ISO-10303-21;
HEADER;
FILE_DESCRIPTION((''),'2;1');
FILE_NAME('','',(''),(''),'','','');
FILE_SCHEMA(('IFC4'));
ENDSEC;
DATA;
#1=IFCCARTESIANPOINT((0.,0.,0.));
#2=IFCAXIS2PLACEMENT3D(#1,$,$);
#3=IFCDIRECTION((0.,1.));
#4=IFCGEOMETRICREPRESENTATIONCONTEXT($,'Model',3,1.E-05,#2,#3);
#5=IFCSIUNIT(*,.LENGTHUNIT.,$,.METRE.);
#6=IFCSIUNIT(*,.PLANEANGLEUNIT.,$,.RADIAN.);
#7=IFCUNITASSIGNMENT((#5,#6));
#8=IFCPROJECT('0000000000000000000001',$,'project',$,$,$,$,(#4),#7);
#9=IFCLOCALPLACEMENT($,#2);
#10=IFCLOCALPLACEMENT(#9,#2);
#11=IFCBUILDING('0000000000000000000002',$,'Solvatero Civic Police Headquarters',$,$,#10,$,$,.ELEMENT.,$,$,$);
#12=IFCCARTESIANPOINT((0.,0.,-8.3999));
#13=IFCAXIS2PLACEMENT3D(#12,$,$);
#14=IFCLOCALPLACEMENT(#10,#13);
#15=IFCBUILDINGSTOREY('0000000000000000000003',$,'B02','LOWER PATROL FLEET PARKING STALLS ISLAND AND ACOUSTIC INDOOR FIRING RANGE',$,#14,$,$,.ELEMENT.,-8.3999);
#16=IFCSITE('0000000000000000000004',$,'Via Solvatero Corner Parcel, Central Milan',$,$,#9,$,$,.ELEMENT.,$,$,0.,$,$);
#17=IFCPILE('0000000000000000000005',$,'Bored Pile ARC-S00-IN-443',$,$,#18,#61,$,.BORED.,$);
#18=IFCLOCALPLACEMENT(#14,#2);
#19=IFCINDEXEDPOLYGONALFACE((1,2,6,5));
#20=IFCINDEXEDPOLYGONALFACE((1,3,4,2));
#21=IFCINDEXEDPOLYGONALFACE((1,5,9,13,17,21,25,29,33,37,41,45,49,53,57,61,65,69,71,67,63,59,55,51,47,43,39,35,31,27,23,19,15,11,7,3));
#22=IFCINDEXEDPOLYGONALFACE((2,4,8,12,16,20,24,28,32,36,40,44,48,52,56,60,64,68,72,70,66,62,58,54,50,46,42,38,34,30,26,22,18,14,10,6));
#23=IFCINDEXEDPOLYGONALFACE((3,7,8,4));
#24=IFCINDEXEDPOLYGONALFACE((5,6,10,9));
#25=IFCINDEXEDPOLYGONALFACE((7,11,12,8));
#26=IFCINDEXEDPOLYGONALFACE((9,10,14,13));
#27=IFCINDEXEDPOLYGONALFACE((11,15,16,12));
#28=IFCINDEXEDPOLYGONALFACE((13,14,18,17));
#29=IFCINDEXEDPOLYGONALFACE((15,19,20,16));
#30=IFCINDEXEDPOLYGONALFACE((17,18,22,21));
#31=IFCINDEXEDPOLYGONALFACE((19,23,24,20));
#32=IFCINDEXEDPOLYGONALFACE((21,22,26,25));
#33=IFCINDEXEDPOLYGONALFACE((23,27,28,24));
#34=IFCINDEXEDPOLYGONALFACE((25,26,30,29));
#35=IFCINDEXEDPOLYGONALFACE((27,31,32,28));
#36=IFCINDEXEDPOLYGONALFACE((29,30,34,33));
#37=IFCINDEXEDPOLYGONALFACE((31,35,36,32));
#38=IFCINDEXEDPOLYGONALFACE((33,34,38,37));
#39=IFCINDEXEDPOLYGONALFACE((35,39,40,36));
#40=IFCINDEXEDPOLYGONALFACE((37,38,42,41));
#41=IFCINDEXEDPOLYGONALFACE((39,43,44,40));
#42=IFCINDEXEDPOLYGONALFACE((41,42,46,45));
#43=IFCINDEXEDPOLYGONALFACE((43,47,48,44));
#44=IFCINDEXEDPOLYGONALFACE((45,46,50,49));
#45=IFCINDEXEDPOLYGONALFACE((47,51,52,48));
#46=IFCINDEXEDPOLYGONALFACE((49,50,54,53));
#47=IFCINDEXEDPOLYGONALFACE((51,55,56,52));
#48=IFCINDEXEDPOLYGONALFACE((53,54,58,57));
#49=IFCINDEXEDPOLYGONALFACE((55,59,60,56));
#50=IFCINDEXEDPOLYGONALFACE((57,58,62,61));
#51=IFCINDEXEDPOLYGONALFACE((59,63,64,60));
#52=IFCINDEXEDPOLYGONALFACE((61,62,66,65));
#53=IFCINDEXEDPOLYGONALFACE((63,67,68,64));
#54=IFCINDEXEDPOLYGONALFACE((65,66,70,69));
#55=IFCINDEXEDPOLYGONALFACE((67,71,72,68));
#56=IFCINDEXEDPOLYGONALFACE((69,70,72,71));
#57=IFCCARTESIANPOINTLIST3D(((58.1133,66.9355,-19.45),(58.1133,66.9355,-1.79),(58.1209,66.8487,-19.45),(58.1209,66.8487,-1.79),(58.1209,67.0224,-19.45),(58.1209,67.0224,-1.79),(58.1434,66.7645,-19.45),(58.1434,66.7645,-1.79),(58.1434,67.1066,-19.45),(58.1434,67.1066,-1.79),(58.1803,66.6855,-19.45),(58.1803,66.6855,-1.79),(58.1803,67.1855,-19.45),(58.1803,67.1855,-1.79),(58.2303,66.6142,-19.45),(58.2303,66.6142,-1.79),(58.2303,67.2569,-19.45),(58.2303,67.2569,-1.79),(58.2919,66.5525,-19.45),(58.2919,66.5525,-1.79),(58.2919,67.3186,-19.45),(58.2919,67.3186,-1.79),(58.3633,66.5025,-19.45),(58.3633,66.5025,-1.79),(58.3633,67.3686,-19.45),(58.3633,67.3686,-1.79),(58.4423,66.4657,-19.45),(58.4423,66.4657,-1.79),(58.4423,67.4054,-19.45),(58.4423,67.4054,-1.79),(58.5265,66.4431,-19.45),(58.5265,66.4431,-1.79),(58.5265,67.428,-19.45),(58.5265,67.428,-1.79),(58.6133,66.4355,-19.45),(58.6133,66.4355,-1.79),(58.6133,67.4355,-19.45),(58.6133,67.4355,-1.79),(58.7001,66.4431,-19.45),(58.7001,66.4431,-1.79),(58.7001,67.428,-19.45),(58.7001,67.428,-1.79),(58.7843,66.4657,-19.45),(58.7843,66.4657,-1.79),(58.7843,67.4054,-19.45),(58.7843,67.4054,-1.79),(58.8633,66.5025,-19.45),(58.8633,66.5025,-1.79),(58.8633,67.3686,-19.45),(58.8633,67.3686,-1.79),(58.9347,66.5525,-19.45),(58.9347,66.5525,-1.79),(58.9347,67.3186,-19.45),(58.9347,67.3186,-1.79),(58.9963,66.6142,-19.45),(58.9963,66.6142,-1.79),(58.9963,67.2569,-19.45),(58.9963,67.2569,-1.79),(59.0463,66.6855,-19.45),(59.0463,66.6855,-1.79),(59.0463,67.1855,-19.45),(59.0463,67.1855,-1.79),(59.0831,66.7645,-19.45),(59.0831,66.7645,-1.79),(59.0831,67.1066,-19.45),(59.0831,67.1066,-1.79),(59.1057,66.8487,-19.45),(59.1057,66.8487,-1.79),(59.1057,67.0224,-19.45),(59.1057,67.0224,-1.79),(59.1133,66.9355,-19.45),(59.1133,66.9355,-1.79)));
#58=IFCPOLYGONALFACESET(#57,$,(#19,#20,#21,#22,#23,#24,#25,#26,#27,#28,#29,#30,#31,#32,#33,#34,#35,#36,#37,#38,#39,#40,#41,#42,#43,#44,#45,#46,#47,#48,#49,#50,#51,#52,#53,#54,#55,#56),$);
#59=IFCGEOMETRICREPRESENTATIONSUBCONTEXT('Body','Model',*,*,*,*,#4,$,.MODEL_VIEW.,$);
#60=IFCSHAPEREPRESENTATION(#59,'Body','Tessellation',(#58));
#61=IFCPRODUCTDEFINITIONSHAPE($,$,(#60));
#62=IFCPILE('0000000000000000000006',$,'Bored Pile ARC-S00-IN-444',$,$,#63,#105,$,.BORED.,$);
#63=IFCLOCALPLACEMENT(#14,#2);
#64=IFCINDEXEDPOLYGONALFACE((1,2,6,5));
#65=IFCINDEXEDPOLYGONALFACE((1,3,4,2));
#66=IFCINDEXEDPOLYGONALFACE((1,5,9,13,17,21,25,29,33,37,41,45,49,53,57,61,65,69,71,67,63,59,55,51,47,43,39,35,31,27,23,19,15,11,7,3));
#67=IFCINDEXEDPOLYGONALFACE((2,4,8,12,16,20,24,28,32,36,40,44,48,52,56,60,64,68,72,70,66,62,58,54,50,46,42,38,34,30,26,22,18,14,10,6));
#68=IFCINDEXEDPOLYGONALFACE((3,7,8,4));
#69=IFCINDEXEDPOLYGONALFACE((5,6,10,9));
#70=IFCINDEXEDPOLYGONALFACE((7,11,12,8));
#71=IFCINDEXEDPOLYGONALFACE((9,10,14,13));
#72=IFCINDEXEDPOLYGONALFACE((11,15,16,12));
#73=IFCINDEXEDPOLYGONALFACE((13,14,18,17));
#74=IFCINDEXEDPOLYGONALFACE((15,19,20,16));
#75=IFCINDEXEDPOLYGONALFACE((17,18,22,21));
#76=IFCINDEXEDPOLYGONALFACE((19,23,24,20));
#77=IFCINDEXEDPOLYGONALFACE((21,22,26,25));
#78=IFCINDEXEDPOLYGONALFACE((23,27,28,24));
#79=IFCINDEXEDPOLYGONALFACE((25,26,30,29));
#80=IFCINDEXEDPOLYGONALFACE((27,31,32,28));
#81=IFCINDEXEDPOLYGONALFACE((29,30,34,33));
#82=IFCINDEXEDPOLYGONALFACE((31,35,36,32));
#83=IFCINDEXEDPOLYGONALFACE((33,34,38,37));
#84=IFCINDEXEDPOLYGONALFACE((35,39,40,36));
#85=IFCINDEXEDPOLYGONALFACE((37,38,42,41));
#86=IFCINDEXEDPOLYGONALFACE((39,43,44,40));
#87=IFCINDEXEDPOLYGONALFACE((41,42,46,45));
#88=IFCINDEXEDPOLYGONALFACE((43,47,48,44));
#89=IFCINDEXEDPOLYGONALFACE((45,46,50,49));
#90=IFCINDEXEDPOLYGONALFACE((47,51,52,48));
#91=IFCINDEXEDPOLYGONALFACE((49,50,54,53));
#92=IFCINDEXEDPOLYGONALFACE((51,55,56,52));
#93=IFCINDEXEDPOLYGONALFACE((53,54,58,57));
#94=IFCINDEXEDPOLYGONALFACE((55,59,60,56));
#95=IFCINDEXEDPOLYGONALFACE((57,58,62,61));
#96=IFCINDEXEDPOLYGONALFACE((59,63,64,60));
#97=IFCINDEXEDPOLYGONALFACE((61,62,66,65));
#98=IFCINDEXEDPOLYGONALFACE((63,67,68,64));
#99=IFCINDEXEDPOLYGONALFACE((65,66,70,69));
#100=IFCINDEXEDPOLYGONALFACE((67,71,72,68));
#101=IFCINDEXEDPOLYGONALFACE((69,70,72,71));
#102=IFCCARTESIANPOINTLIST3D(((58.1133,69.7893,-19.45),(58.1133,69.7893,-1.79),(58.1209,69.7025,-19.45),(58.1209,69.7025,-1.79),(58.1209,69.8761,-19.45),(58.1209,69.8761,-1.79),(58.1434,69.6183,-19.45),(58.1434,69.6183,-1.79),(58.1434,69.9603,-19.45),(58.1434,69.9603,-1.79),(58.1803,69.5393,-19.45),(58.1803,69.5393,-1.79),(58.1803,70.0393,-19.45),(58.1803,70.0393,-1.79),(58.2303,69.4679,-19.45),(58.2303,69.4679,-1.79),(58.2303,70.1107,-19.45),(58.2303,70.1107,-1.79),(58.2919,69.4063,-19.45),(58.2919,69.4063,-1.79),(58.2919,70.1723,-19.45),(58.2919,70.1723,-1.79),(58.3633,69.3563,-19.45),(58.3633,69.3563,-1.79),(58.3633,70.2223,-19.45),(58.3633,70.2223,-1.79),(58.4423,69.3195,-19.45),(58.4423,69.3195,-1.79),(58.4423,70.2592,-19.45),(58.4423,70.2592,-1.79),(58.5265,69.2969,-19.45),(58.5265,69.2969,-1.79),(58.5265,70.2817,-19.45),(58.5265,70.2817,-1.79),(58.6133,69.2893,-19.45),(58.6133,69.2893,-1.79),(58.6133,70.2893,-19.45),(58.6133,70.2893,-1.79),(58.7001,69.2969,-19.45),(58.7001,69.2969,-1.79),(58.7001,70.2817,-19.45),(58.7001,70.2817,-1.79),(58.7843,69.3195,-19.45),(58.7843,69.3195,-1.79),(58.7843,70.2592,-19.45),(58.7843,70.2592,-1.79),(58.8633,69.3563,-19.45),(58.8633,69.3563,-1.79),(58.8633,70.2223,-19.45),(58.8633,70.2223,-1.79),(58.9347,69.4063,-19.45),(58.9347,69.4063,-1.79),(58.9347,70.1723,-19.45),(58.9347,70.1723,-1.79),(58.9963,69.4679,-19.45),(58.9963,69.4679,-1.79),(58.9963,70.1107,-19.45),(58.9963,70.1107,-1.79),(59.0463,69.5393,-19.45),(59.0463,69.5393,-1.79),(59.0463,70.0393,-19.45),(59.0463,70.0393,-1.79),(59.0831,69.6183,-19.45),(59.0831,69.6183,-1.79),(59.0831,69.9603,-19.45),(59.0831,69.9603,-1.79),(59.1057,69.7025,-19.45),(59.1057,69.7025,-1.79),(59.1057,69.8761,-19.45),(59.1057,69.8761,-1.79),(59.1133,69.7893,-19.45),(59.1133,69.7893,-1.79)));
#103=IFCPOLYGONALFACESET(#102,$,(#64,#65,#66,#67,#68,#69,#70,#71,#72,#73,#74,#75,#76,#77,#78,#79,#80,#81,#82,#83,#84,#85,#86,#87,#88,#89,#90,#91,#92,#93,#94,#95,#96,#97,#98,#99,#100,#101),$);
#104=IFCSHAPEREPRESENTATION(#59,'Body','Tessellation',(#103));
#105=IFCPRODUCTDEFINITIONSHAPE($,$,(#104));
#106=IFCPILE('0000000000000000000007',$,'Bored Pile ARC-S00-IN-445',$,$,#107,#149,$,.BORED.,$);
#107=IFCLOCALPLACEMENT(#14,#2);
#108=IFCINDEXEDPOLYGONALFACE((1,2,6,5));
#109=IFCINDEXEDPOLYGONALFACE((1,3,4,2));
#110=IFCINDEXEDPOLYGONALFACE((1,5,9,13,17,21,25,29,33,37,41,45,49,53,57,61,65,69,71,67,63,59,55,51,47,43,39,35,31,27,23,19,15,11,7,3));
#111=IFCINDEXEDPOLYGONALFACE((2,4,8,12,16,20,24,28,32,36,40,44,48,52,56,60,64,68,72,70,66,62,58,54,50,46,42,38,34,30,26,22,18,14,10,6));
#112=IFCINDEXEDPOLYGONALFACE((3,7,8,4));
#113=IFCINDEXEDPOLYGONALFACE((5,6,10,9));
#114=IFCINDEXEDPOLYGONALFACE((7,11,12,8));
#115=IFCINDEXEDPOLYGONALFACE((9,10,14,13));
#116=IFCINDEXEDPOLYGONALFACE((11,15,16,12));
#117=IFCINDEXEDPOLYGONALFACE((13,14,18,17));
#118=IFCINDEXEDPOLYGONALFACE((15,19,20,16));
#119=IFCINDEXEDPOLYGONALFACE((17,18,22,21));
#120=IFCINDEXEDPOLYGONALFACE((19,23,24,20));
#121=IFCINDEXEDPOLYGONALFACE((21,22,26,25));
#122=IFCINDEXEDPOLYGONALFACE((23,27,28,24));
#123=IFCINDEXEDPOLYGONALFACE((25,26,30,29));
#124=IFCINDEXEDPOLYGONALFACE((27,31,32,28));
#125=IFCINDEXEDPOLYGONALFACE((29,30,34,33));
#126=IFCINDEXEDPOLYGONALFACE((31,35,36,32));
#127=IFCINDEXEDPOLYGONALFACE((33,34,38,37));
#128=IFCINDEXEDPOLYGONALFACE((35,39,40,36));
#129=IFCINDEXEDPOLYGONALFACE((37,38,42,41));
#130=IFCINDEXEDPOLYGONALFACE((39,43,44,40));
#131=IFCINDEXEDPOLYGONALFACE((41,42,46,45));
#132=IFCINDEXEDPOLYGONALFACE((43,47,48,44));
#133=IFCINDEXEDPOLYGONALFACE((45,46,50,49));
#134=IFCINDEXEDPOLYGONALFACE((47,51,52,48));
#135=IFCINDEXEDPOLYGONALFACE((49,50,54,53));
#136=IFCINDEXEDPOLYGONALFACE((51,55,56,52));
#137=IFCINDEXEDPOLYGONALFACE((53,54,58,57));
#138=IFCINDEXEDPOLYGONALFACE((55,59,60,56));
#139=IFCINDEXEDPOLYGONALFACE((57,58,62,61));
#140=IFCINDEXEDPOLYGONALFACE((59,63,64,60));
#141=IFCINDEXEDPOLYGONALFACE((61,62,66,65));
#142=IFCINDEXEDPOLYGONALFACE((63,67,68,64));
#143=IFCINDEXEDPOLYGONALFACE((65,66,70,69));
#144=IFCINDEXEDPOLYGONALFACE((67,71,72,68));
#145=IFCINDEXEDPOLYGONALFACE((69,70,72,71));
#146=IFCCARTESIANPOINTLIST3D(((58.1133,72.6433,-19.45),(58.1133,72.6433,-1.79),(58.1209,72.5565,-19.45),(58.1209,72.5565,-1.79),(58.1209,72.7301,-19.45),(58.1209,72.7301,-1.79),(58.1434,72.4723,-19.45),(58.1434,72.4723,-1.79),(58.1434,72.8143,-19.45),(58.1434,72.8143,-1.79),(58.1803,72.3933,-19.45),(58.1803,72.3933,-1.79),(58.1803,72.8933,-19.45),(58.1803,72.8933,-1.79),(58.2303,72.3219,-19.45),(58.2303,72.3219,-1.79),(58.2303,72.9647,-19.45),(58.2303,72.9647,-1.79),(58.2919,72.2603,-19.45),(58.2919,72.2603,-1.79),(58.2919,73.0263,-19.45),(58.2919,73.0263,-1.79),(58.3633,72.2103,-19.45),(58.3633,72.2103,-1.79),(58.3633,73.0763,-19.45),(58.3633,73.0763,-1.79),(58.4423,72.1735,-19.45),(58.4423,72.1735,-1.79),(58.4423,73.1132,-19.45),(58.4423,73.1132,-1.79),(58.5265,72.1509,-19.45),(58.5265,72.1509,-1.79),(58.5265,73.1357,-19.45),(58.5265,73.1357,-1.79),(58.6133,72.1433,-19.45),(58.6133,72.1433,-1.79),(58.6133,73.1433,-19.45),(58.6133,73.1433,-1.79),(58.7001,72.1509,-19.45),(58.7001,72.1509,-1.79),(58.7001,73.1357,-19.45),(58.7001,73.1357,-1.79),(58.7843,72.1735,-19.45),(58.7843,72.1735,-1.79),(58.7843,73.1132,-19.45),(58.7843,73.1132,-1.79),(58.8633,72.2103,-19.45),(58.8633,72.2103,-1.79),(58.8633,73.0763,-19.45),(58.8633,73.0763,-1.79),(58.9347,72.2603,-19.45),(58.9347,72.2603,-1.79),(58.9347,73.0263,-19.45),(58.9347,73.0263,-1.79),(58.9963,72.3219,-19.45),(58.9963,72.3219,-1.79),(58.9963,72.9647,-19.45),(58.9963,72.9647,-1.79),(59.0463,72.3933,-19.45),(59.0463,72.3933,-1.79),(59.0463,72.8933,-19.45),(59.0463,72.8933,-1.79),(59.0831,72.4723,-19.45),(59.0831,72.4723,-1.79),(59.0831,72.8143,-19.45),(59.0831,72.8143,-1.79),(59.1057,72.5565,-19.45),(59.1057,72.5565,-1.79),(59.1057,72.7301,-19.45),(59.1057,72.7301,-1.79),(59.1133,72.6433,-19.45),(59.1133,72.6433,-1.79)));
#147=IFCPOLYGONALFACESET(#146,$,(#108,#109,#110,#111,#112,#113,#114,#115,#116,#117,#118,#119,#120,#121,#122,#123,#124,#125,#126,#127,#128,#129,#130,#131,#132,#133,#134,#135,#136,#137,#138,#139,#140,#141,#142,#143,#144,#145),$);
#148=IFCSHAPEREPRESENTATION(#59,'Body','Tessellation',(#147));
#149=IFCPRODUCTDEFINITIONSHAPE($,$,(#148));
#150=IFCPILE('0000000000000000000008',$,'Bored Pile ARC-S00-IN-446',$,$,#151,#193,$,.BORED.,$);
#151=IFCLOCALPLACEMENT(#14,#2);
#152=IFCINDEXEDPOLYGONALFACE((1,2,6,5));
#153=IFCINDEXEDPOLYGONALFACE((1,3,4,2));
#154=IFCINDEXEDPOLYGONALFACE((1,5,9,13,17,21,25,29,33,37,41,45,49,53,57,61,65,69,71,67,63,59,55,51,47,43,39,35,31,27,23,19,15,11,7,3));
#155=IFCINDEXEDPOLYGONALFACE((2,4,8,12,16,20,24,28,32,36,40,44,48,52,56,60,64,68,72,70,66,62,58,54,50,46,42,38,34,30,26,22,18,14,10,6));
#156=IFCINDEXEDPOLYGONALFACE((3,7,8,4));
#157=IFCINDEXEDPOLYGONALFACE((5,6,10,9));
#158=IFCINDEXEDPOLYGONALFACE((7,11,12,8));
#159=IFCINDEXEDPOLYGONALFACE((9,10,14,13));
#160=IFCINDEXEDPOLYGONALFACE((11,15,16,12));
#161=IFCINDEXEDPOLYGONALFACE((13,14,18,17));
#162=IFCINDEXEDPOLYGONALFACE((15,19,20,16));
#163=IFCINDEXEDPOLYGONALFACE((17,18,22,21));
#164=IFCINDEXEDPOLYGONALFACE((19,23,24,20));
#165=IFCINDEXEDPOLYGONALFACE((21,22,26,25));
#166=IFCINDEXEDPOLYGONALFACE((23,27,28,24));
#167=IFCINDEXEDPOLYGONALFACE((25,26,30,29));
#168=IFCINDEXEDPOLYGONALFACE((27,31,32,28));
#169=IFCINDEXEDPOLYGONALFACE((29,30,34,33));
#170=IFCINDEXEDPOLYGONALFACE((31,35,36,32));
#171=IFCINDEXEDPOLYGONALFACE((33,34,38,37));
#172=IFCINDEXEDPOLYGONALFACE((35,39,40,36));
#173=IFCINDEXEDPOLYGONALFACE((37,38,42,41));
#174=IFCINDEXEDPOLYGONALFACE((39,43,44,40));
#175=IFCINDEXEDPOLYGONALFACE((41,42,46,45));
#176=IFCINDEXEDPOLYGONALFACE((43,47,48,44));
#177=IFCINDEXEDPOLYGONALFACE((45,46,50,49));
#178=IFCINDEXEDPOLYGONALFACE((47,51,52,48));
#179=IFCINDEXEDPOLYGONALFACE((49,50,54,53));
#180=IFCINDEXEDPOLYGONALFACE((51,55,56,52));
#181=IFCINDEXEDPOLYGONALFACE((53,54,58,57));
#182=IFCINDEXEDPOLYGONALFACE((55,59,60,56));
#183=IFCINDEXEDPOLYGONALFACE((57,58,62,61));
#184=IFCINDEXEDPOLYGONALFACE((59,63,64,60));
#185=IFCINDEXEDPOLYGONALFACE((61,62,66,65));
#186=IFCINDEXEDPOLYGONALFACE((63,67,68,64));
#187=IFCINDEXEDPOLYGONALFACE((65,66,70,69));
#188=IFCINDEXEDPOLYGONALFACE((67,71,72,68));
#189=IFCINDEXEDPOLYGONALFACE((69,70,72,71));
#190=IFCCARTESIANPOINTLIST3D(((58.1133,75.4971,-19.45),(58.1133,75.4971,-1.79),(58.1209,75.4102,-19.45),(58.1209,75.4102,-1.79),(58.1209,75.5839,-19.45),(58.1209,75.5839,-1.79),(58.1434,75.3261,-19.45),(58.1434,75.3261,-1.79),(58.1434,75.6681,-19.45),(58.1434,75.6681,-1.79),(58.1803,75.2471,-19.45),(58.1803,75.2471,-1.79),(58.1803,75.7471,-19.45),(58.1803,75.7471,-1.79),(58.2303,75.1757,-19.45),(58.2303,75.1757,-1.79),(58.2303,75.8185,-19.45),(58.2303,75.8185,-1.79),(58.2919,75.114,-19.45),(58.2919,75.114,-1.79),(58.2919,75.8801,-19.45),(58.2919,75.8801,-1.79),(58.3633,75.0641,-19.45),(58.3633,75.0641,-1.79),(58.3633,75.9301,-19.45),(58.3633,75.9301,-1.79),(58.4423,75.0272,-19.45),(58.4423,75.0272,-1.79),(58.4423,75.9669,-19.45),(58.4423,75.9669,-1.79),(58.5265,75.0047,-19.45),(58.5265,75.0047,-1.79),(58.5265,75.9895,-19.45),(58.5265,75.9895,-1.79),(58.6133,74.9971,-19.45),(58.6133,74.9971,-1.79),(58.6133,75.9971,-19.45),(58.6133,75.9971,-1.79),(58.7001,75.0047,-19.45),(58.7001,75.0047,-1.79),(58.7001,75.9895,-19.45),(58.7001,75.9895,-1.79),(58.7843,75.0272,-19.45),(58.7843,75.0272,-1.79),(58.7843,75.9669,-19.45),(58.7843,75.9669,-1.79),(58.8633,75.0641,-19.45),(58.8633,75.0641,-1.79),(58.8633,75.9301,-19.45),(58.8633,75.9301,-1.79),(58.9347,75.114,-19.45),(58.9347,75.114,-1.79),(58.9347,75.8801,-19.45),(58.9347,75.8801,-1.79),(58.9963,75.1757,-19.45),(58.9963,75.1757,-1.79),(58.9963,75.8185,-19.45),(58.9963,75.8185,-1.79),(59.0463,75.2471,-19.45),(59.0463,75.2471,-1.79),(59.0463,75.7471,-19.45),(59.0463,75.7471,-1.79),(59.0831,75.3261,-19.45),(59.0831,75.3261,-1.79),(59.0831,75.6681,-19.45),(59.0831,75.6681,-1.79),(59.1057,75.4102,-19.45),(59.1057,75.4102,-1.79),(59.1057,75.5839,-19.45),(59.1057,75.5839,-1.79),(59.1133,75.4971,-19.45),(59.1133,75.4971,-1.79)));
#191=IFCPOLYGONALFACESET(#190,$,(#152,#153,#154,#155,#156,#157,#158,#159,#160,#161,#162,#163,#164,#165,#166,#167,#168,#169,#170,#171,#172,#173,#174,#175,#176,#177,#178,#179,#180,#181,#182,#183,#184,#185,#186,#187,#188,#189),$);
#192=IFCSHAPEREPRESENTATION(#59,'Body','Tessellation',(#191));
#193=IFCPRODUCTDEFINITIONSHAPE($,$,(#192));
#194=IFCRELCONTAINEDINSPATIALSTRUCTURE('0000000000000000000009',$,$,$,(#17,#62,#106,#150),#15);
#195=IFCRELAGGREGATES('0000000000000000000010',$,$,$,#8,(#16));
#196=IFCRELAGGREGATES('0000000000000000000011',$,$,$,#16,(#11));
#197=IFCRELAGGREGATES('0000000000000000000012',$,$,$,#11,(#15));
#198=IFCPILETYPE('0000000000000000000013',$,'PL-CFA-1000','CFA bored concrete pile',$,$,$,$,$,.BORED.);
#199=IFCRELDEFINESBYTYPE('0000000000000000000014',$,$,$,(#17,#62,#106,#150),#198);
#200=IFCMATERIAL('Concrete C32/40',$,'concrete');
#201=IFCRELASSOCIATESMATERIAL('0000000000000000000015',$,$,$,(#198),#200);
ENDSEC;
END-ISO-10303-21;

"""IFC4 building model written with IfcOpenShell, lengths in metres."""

from ifc_helpers import new_model, si_unit, direction, frame, origin, origin_2d, place, context, subcontext, project, spatial, circle, extrude, material, material_profile, profile_set, type_object, element, save


model = new_model("IFC4")

# Units and contexts
model_context = context("Model", 3, precision=1e-05, world=origin(), true_north=direction((0.0, 1.0)))
body_context = subcontext(model_context, "Body", "Model", "MODEL_VIEW")
ifc_project = project(units=[si_unit("LENGTHUNIT", "METRE"), si_unit("PLANEANGLEUNIT", "RADIAN")], contexts=[model_context])

# Site, building, storey
site_placement = place(None, origin())
site = spatial("IfcSite", under=ifc_project, at=site_placement, Name="Via Solvatero Corner Parcel, Central Milan", CompositionType="ELEMENT", RefElevation=0.0)
building_placement = place(site_placement, origin())
building = spatial("IfcBuilding", under=site, at=building_placement, Name="Solvatero Civic Police Headquarters", CompositionType="ELEMENT")
storey_placement = place(building_placement, frame((0.0, 0.0, -8.3999)))
storey = spatial("IfcBuildingStorey", under=building, at=storey_placement, Name="B02", Description="LOWER PATROL FLEET PARKING STALLS ISLAND AND ACOUSTIC INDOOR FIRING RANGE", CompositionType="ELEMENT", Elevation=-8.3999)

# Piles
ifc_material_1 = material(Name="Concrete C32/40", Category="concrete")
ifc_material_profile_1 = material_profile(ifc_material_1, circle(Radius=0.5, at=origin_2d()), Name="CFA PILE D1000")
ifc_profile_set_1 = profile_set([ifc_material_profile_1], Name="Concrete C32/40")
pile_type = type_object("IfcPileType", Name="PL-CFA-1000", Description="CFA bored concrete pile", PredefinedType="BORED", material=ifc_profile_set_1)
for number, where, z_axis, x_axis, name in (
    (1, (58.6133, 66.9355, -1.79), (0.0, 0.0, -1.0), (1.0, 0.0, 0.0), "Bored Pile ARC-S00-IN-443"),
    (2, (58.6133, 69.7893, -1.79), (0.0, 0.0, -1.0), (1.0, 0.0, 0.0), "Bored Pile ARC-S00-IN-444"),
    (3, (58.6133, 72.6433, -1.79), (0.0, 0.0, -1.0), (1.0, 0.0, 0.0), "Bored Pile ARC-S00-IN-445"),
    (4, (58.6133, 75.4971, -1.79), (0.0, 0.0, -1.0), (1.0, 0.0, 0.0), "Bored Pile ARC-S00-IN-446"),
):
    element("IfcPile", number, at=place(storey_placement, frame(where, z_axis=z_axis, x_axis=x_axis)), inside=storey, type_object=pile_type, Name=name, PredefinedType="BORED", context=body_context, shape_type="SweptSolid", body=[
        extrude(circle(Radius=0.5, at=origin_2d()), origin(), (0.0, 0.0, 1.0), 17.6599),
    ])

save(model, "model.ifc")
